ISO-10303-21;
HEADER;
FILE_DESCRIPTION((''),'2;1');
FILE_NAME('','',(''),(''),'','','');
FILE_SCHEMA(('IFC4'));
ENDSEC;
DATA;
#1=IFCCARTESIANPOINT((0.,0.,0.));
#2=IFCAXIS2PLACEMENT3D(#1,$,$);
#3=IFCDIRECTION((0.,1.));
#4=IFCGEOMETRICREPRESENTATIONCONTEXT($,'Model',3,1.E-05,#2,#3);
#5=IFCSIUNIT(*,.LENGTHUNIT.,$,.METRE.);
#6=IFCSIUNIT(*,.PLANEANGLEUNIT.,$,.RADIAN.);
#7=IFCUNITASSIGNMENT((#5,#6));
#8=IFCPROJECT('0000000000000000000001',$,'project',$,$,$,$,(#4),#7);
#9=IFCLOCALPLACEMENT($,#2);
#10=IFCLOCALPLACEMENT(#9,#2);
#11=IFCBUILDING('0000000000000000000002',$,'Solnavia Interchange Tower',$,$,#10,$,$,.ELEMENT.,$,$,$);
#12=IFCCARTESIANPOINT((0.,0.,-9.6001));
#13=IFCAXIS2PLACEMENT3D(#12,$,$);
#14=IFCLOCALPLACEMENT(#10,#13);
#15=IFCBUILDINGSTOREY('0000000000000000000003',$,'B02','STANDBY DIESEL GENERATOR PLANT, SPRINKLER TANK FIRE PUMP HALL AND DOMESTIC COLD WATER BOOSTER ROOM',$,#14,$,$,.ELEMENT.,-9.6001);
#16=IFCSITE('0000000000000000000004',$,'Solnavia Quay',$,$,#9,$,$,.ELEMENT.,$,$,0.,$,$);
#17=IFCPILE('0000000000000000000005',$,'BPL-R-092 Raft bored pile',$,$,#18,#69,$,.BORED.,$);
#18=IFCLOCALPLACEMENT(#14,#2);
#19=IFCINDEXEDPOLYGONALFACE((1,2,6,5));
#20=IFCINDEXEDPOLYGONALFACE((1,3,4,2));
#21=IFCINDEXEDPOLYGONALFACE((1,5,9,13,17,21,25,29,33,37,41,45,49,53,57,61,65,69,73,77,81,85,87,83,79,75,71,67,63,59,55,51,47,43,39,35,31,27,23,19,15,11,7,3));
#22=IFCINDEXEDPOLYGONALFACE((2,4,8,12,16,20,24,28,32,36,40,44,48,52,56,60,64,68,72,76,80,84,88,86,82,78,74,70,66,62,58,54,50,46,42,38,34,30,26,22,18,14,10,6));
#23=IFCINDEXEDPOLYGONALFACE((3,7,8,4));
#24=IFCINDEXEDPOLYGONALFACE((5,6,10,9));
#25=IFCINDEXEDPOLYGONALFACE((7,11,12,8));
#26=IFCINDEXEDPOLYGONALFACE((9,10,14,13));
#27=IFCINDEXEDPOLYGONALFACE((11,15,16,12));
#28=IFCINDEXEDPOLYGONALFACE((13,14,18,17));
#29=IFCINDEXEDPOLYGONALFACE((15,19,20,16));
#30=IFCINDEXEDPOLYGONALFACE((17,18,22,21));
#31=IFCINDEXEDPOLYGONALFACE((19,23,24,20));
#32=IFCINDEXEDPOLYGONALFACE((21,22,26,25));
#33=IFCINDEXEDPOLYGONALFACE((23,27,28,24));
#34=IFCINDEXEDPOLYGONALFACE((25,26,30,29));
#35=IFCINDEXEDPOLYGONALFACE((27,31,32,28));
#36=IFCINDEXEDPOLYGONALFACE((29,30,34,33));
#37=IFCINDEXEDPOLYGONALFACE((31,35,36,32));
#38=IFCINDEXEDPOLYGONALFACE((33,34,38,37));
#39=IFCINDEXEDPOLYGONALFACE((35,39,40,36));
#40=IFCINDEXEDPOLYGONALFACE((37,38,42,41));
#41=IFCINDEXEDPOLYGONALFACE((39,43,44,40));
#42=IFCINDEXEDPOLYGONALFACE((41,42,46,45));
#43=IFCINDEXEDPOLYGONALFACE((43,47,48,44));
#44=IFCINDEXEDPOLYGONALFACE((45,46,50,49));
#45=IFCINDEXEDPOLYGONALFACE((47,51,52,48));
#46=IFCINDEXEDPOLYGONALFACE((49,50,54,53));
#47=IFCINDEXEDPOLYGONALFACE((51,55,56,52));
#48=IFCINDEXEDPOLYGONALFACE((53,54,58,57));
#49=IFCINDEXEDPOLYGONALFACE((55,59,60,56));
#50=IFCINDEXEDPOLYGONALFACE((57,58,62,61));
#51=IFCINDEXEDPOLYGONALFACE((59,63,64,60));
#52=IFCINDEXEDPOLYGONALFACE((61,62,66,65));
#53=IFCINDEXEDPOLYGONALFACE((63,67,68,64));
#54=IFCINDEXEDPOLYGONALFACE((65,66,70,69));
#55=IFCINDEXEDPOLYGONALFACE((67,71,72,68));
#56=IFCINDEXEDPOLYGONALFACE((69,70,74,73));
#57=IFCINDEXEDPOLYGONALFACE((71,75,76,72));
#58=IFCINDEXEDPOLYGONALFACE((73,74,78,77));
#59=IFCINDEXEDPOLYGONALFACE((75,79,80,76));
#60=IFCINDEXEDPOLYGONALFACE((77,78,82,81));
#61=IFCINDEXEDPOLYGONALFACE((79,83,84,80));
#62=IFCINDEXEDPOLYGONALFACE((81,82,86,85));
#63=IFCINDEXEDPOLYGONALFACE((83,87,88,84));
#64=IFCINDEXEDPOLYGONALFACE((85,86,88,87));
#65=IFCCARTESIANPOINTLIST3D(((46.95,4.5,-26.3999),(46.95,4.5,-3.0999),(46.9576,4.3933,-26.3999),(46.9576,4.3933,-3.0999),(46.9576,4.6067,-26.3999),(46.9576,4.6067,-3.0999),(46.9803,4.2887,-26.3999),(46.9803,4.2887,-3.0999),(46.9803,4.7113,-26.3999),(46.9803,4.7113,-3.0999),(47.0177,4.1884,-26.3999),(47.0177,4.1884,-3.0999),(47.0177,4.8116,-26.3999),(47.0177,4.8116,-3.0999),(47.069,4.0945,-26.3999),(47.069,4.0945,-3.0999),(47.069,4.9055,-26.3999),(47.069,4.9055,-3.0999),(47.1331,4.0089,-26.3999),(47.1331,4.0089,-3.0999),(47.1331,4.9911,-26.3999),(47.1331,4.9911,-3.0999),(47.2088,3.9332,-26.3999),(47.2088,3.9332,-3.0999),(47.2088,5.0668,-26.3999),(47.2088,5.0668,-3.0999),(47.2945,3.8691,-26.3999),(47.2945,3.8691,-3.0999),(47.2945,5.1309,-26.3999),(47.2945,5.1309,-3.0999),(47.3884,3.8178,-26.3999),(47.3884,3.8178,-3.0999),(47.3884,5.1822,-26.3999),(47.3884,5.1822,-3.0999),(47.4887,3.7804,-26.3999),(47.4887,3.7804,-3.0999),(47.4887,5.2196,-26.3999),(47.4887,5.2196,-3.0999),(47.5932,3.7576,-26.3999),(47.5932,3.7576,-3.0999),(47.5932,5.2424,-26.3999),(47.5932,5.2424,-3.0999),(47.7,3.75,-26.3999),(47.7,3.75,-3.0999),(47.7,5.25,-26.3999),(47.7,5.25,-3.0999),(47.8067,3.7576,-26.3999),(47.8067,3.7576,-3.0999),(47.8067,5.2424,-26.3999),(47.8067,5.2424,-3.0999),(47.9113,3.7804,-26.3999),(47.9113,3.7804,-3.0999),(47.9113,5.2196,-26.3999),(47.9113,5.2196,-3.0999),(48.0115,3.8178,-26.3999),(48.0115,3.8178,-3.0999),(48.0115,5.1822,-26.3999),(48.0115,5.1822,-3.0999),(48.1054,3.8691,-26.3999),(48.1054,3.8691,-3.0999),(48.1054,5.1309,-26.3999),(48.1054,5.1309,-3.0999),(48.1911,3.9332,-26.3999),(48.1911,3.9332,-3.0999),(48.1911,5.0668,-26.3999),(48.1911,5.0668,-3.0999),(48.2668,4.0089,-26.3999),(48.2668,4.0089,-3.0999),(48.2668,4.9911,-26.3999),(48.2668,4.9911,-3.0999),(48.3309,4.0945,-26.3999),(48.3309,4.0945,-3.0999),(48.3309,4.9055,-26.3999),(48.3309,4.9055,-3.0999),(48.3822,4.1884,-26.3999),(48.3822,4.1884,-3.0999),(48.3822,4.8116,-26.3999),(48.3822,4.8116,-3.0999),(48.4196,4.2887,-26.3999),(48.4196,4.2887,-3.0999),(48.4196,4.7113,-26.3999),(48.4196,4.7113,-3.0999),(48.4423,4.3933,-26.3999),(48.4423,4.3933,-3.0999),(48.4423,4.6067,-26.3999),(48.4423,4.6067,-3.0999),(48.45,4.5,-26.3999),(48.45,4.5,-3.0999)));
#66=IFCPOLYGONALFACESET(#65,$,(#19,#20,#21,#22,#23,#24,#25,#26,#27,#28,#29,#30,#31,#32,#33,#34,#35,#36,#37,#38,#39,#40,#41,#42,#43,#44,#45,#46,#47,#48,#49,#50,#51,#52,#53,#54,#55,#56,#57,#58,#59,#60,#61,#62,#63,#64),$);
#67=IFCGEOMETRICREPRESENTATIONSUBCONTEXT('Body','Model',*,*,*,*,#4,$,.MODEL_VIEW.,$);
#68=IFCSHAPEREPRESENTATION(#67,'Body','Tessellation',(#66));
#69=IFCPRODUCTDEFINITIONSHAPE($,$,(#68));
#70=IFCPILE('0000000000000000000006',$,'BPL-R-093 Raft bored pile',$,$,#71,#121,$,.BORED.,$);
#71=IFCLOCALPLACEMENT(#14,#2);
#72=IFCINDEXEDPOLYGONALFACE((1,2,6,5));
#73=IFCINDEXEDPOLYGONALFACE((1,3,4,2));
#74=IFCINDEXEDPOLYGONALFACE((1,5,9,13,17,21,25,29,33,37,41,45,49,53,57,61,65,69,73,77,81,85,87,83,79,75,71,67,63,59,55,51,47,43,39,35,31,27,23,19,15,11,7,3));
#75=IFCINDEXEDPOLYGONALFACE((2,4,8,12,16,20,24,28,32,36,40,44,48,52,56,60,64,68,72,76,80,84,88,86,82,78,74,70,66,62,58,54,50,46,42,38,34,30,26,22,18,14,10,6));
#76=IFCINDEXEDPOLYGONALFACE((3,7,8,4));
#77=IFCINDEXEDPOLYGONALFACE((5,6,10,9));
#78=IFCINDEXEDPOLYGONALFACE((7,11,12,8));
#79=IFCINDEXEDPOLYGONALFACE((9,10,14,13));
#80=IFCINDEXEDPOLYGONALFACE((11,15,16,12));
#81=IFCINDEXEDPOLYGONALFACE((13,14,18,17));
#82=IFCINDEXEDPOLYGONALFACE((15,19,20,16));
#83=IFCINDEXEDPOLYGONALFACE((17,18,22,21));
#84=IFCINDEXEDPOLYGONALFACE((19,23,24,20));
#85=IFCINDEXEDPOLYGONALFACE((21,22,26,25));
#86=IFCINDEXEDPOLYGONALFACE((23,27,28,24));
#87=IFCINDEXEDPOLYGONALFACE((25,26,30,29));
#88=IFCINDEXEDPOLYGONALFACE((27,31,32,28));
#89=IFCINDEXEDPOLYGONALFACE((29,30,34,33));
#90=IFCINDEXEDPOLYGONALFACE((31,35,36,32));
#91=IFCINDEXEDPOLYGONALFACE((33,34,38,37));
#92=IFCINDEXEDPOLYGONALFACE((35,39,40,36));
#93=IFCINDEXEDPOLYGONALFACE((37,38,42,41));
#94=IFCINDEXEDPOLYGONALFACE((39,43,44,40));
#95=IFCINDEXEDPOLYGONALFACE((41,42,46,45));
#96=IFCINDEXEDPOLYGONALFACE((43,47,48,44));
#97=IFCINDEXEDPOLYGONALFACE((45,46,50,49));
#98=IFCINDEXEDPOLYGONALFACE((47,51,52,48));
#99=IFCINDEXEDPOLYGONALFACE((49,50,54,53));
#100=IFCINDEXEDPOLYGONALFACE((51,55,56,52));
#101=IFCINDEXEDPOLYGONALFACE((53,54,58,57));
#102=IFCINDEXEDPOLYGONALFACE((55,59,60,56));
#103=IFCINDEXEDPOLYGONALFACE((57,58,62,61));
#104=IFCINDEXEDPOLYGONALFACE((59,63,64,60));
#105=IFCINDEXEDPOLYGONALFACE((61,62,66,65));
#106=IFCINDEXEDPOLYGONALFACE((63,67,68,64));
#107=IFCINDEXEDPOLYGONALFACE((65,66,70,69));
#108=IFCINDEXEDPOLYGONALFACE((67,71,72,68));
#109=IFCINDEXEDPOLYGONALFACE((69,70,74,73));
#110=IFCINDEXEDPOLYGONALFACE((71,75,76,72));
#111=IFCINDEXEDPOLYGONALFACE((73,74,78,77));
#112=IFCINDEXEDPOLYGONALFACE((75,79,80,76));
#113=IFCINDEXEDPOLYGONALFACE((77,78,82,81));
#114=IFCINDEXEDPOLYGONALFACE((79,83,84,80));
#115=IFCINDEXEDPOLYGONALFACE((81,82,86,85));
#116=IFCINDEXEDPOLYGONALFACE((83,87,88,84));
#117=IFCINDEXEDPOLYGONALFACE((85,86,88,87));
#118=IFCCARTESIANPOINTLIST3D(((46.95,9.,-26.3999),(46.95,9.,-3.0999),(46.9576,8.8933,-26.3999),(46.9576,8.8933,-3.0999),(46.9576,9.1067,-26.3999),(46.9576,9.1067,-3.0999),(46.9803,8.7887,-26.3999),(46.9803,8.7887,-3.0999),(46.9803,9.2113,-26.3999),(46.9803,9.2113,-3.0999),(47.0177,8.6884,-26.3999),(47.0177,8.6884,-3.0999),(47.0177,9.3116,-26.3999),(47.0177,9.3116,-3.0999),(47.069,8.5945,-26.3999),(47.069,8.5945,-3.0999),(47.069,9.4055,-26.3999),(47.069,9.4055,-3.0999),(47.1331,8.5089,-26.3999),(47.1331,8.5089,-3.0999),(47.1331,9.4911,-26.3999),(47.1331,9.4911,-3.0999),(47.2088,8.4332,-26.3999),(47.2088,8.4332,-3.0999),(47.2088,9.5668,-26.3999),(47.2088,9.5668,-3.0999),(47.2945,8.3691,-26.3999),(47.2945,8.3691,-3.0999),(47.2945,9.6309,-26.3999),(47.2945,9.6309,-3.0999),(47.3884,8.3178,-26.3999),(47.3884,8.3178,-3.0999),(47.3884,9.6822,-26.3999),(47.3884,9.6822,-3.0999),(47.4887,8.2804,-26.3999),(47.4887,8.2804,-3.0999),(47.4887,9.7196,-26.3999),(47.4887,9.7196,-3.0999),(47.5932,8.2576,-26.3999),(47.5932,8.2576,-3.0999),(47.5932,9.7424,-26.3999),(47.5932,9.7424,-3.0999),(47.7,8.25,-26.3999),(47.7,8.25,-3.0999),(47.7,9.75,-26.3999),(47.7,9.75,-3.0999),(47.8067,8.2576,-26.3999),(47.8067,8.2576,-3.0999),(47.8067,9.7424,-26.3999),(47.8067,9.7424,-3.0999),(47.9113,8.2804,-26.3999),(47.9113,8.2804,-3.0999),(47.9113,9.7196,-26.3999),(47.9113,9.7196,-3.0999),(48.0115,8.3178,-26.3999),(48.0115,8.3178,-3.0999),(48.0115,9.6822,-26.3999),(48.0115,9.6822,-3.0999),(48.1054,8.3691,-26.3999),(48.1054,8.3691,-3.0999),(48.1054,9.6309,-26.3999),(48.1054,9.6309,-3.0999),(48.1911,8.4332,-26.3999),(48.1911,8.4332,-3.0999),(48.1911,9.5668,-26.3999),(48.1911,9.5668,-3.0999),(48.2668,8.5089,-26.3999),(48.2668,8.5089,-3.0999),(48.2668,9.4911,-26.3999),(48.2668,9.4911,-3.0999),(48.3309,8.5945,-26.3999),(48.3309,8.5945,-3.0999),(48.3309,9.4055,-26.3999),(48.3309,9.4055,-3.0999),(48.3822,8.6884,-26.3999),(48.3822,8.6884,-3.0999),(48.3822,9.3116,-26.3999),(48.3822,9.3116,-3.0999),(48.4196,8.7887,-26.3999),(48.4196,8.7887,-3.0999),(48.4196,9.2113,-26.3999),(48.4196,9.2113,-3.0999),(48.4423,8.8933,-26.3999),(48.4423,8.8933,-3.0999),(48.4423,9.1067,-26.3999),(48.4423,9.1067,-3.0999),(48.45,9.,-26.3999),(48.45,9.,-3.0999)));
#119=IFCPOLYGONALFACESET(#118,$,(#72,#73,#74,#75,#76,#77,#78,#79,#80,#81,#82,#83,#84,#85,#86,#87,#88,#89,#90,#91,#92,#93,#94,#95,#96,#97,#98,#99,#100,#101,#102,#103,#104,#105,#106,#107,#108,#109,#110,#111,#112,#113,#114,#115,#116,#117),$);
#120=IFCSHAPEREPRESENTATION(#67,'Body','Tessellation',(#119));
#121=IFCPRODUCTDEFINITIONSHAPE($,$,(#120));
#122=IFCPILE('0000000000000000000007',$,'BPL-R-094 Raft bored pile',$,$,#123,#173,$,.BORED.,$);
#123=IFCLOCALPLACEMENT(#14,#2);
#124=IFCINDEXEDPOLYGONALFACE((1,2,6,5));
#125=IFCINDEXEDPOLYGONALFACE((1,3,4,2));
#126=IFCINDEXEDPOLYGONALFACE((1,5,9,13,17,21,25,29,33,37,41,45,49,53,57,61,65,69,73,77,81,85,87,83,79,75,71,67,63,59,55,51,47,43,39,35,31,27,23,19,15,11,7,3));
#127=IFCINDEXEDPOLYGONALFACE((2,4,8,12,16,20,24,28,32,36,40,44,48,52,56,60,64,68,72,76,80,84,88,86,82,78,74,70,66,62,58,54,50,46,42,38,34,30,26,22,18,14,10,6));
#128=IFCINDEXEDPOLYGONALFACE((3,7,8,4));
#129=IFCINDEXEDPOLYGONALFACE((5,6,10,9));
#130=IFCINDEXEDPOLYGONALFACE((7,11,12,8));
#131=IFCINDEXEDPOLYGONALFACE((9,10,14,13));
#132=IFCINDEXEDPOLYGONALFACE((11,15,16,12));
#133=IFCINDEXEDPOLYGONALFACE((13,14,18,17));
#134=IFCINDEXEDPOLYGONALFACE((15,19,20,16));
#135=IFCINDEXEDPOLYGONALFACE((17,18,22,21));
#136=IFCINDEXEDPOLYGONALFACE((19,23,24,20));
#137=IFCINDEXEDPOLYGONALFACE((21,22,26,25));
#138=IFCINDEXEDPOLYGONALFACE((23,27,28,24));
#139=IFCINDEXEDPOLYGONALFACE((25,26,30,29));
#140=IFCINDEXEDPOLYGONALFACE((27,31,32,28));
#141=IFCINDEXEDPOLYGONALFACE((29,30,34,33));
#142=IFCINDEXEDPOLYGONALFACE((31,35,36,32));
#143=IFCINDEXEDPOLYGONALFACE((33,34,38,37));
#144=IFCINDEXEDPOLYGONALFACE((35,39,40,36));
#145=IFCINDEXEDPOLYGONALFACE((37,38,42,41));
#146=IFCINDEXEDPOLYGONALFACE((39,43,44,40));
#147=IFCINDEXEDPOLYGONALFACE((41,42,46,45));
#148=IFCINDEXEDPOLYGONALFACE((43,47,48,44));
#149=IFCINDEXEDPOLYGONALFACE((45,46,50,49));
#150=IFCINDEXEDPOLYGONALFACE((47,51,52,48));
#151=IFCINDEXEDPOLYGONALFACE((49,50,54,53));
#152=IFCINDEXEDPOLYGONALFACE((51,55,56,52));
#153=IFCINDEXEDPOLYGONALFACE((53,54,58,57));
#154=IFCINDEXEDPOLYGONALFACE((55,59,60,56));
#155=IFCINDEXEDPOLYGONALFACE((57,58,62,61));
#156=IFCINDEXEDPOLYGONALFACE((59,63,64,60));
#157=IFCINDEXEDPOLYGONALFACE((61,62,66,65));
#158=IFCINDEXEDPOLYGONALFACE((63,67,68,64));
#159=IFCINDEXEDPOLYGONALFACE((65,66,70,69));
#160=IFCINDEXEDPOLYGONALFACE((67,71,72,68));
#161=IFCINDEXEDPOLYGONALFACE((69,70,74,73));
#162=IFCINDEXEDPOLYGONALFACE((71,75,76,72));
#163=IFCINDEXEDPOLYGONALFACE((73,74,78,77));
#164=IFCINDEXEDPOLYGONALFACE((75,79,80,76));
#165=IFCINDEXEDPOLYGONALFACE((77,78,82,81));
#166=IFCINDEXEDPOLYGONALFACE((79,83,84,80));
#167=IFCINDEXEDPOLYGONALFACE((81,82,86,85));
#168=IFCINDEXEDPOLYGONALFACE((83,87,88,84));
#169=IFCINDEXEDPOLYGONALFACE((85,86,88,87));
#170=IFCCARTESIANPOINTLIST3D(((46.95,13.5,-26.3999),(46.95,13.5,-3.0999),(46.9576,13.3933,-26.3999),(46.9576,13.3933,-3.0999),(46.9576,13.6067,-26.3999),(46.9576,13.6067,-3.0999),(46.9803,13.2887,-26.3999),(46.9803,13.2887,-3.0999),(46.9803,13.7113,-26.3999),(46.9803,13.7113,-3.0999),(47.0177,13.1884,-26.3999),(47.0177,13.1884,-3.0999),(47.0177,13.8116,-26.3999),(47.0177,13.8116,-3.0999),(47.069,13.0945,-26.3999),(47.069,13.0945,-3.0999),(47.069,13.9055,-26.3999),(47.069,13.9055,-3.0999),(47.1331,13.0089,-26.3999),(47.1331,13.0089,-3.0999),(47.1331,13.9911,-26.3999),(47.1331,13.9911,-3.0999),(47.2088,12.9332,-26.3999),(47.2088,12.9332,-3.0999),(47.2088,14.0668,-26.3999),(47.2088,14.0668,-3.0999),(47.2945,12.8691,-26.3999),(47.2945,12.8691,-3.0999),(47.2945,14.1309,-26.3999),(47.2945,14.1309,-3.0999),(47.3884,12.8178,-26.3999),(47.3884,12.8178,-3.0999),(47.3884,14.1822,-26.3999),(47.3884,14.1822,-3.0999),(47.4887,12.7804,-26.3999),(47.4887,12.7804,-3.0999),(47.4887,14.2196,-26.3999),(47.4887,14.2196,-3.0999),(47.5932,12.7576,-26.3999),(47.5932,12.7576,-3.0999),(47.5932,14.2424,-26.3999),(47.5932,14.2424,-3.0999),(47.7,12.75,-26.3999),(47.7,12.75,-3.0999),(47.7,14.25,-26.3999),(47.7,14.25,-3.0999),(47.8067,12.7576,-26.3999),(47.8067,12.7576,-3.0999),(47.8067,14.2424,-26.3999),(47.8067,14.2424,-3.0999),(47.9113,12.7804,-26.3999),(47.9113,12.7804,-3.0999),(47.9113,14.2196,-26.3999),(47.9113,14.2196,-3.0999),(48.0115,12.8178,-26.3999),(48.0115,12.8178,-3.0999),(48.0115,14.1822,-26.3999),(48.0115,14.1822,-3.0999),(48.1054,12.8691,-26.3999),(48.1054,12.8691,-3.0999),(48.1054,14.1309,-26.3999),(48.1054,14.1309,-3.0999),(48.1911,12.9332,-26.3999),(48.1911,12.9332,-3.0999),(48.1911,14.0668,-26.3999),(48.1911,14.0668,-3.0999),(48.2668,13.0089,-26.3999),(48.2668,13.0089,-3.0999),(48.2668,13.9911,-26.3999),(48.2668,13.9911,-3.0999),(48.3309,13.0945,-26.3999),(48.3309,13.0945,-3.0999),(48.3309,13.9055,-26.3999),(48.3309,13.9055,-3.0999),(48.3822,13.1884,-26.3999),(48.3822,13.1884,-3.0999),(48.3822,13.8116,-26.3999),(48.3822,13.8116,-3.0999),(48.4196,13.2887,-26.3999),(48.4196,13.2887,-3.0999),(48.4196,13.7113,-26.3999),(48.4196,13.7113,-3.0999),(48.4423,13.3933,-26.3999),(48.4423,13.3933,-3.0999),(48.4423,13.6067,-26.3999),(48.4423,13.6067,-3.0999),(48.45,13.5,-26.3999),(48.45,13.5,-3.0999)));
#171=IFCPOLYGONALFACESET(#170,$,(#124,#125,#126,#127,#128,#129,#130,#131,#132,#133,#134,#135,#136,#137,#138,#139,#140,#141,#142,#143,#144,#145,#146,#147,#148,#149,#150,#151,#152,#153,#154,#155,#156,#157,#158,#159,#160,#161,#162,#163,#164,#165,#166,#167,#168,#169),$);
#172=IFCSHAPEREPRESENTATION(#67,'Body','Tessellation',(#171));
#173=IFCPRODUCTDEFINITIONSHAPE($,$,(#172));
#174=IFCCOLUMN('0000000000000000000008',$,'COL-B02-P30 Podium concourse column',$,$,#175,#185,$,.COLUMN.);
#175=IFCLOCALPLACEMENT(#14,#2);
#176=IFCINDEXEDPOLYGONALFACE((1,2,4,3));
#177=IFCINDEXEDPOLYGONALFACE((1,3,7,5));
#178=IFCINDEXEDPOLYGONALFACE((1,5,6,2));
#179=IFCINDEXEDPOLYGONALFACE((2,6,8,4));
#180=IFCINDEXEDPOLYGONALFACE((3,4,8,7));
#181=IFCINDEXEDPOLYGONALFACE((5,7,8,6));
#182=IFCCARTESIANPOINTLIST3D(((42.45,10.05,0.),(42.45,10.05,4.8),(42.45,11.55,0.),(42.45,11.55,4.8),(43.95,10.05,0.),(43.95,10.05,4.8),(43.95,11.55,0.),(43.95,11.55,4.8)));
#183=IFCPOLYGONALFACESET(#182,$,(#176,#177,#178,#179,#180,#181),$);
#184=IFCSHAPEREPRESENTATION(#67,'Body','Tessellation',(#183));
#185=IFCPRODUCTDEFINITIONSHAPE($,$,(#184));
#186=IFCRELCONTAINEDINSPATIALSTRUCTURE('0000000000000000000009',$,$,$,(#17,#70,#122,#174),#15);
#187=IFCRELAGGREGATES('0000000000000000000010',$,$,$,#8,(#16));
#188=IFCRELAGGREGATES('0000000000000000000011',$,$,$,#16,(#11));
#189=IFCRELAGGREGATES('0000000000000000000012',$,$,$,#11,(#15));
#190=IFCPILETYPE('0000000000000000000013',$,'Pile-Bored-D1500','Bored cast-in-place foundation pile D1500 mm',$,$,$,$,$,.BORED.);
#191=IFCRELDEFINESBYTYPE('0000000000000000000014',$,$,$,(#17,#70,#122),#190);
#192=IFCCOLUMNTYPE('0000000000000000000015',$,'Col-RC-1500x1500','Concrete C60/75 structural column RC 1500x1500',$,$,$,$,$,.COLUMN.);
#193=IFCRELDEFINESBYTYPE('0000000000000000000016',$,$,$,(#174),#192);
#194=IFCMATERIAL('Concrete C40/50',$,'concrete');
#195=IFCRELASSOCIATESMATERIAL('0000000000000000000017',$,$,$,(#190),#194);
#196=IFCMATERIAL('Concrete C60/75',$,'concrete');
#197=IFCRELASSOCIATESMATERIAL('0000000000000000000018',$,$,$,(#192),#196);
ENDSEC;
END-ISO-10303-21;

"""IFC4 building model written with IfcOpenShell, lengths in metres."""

from ifc_helpers import new_model, si_unit, direction, frame, origin, origin_2d, place, context, subcontext, project, spatial, rectangle, circle, extrude, material, material_profile, profile_set, type_object, element, save


model = new_model("IFC4")

# Units and contexts
model_context = context("Model", 3, precision=1e-05, world=origin(), true_north=direction((0.0, 1.0)))
body_context = subcontext(model_context, "Body", "Model", "MODEL_VIEW")
ifc_project = project(units=[si_unit("LENGTHUNIT", "METRE"), si_unit("PLANEANGLEUNIT", "RADIAN")], contexts=[model_context])

# Site, building, storey
site_placement = place(None, origin())
site = spatial("IfcSite", under=ifc_project, at=site_placement, Name="Solnavia Quay", CompositionType="ELEMENT", RefElevation=0.0)
building_placement = place(site_placement, origin())
building = spatial("IfcBuilding", under=site, at=building_placement, Name="Solnavia Interchange Tower", CompositionType="ELEMENT")
storey_placement = place(building_placement, frame((0.0, 0.0, -9.6001)))
storey = spatial("IfcBuildingStorey", under=building, at=storey_placement, Name="B02", Description="STANDBY DIESEL GENERATOR PLANT, SPRINKLER TANK FIRE PUMP HALL AND DOMESTIC COLD WATER BOOSTER ROOM", CompositionType="ELEMENT", Elevation=-9.6001)

# Piles
ifc_material_1 = material(Name="Concrete C40/50", Category="concrete")
ifc_material_profile_1 = material_profile(ifc_material_1, circle(Radius=0.75, at=origin_2d()), Name="PILE D1500")
ifc_profile_set_1 = profile_set([ifc_material_profile_1], Name="Concrete C40/50")
pile_type = type_object("IfcPileType", Name="Pile-Bored-D1500", Description="Bored cast-in-place foundation pile D1500 mm", PredefinedType="BORED", material=ifc_profile_set_1)
for number, where, z_axis, x_axis, name in (
    (1, (47.7, 4.5, -3.0999), (0.0, 0.0, -1.0), (1.0, 0.0, 0.0), "BPL-R-092 Raft bored pile"),
    (2, (47.7, 9.0, -3.0999), (0.0, 0.0, -1.0), (1.0, 0.0, 0.0), "BPL-R-093 Raft bored pile"),
    (3, (47.7, 13.5, -3.0999), (0.0, 0.0, -1.0), (1.0, 0.0, 0.0), "BPL-R-094 Raft bored pile"),
):
    element("IfcPile", number, at=place(storey_placement, frame(where, z_axis=z_axis, x_axis=x_axis)), inside=storey, type_object=pile_type, Name=name, PredefinedType="BORED", context=body_context, shape_type="SweptSolid", body=[
        extrude(circle(Radius=0.75, at=origin_2d()), origin(), (0.0, 0.0, 1.0), 23.3),
    ])

# Column
ifc_material_2 = material(Name="Concrete C60/75", Category="concrete")
ifc_material_profile_2 = material_profile(ifc_material_2, rectangle(XDim=1.5, YDim=1.5, at=origin_2d()), Name="RC 1500x1500")
ifc_profile_set_2 = profile_set([ifc_material_profile_2], Name="Concrete C60/75")
column_type = type_object("IfcColumnType", Name="Col-RC-1500x1500", Description="Concrete C60/75 structural column RC 1500x1500", PredefinedType="COLUMN", material=ifc_profile_set_2)
column_placement = place(storey_placement, frame((43.2, 10.8, 0.0), z_axis=(0.0, 0.0, 1.0), x_axis=(1.0, 0.0, 0.0)))
element("IfcColumn", 4, at=column_placement, inside=storey, type_object=column_type, Name="COL-B02-P30 Podium concourse column", PredefinedType="COLUMN", context=body_context, shape_type="SweptSolid", body=[
    extrude(rectangle(XDim=1.5, YDim=1.5, at=origin_2d()), origin(), (0.0, 0.0, 1.0), 4.8),
])

save(model, "model.ifc")
